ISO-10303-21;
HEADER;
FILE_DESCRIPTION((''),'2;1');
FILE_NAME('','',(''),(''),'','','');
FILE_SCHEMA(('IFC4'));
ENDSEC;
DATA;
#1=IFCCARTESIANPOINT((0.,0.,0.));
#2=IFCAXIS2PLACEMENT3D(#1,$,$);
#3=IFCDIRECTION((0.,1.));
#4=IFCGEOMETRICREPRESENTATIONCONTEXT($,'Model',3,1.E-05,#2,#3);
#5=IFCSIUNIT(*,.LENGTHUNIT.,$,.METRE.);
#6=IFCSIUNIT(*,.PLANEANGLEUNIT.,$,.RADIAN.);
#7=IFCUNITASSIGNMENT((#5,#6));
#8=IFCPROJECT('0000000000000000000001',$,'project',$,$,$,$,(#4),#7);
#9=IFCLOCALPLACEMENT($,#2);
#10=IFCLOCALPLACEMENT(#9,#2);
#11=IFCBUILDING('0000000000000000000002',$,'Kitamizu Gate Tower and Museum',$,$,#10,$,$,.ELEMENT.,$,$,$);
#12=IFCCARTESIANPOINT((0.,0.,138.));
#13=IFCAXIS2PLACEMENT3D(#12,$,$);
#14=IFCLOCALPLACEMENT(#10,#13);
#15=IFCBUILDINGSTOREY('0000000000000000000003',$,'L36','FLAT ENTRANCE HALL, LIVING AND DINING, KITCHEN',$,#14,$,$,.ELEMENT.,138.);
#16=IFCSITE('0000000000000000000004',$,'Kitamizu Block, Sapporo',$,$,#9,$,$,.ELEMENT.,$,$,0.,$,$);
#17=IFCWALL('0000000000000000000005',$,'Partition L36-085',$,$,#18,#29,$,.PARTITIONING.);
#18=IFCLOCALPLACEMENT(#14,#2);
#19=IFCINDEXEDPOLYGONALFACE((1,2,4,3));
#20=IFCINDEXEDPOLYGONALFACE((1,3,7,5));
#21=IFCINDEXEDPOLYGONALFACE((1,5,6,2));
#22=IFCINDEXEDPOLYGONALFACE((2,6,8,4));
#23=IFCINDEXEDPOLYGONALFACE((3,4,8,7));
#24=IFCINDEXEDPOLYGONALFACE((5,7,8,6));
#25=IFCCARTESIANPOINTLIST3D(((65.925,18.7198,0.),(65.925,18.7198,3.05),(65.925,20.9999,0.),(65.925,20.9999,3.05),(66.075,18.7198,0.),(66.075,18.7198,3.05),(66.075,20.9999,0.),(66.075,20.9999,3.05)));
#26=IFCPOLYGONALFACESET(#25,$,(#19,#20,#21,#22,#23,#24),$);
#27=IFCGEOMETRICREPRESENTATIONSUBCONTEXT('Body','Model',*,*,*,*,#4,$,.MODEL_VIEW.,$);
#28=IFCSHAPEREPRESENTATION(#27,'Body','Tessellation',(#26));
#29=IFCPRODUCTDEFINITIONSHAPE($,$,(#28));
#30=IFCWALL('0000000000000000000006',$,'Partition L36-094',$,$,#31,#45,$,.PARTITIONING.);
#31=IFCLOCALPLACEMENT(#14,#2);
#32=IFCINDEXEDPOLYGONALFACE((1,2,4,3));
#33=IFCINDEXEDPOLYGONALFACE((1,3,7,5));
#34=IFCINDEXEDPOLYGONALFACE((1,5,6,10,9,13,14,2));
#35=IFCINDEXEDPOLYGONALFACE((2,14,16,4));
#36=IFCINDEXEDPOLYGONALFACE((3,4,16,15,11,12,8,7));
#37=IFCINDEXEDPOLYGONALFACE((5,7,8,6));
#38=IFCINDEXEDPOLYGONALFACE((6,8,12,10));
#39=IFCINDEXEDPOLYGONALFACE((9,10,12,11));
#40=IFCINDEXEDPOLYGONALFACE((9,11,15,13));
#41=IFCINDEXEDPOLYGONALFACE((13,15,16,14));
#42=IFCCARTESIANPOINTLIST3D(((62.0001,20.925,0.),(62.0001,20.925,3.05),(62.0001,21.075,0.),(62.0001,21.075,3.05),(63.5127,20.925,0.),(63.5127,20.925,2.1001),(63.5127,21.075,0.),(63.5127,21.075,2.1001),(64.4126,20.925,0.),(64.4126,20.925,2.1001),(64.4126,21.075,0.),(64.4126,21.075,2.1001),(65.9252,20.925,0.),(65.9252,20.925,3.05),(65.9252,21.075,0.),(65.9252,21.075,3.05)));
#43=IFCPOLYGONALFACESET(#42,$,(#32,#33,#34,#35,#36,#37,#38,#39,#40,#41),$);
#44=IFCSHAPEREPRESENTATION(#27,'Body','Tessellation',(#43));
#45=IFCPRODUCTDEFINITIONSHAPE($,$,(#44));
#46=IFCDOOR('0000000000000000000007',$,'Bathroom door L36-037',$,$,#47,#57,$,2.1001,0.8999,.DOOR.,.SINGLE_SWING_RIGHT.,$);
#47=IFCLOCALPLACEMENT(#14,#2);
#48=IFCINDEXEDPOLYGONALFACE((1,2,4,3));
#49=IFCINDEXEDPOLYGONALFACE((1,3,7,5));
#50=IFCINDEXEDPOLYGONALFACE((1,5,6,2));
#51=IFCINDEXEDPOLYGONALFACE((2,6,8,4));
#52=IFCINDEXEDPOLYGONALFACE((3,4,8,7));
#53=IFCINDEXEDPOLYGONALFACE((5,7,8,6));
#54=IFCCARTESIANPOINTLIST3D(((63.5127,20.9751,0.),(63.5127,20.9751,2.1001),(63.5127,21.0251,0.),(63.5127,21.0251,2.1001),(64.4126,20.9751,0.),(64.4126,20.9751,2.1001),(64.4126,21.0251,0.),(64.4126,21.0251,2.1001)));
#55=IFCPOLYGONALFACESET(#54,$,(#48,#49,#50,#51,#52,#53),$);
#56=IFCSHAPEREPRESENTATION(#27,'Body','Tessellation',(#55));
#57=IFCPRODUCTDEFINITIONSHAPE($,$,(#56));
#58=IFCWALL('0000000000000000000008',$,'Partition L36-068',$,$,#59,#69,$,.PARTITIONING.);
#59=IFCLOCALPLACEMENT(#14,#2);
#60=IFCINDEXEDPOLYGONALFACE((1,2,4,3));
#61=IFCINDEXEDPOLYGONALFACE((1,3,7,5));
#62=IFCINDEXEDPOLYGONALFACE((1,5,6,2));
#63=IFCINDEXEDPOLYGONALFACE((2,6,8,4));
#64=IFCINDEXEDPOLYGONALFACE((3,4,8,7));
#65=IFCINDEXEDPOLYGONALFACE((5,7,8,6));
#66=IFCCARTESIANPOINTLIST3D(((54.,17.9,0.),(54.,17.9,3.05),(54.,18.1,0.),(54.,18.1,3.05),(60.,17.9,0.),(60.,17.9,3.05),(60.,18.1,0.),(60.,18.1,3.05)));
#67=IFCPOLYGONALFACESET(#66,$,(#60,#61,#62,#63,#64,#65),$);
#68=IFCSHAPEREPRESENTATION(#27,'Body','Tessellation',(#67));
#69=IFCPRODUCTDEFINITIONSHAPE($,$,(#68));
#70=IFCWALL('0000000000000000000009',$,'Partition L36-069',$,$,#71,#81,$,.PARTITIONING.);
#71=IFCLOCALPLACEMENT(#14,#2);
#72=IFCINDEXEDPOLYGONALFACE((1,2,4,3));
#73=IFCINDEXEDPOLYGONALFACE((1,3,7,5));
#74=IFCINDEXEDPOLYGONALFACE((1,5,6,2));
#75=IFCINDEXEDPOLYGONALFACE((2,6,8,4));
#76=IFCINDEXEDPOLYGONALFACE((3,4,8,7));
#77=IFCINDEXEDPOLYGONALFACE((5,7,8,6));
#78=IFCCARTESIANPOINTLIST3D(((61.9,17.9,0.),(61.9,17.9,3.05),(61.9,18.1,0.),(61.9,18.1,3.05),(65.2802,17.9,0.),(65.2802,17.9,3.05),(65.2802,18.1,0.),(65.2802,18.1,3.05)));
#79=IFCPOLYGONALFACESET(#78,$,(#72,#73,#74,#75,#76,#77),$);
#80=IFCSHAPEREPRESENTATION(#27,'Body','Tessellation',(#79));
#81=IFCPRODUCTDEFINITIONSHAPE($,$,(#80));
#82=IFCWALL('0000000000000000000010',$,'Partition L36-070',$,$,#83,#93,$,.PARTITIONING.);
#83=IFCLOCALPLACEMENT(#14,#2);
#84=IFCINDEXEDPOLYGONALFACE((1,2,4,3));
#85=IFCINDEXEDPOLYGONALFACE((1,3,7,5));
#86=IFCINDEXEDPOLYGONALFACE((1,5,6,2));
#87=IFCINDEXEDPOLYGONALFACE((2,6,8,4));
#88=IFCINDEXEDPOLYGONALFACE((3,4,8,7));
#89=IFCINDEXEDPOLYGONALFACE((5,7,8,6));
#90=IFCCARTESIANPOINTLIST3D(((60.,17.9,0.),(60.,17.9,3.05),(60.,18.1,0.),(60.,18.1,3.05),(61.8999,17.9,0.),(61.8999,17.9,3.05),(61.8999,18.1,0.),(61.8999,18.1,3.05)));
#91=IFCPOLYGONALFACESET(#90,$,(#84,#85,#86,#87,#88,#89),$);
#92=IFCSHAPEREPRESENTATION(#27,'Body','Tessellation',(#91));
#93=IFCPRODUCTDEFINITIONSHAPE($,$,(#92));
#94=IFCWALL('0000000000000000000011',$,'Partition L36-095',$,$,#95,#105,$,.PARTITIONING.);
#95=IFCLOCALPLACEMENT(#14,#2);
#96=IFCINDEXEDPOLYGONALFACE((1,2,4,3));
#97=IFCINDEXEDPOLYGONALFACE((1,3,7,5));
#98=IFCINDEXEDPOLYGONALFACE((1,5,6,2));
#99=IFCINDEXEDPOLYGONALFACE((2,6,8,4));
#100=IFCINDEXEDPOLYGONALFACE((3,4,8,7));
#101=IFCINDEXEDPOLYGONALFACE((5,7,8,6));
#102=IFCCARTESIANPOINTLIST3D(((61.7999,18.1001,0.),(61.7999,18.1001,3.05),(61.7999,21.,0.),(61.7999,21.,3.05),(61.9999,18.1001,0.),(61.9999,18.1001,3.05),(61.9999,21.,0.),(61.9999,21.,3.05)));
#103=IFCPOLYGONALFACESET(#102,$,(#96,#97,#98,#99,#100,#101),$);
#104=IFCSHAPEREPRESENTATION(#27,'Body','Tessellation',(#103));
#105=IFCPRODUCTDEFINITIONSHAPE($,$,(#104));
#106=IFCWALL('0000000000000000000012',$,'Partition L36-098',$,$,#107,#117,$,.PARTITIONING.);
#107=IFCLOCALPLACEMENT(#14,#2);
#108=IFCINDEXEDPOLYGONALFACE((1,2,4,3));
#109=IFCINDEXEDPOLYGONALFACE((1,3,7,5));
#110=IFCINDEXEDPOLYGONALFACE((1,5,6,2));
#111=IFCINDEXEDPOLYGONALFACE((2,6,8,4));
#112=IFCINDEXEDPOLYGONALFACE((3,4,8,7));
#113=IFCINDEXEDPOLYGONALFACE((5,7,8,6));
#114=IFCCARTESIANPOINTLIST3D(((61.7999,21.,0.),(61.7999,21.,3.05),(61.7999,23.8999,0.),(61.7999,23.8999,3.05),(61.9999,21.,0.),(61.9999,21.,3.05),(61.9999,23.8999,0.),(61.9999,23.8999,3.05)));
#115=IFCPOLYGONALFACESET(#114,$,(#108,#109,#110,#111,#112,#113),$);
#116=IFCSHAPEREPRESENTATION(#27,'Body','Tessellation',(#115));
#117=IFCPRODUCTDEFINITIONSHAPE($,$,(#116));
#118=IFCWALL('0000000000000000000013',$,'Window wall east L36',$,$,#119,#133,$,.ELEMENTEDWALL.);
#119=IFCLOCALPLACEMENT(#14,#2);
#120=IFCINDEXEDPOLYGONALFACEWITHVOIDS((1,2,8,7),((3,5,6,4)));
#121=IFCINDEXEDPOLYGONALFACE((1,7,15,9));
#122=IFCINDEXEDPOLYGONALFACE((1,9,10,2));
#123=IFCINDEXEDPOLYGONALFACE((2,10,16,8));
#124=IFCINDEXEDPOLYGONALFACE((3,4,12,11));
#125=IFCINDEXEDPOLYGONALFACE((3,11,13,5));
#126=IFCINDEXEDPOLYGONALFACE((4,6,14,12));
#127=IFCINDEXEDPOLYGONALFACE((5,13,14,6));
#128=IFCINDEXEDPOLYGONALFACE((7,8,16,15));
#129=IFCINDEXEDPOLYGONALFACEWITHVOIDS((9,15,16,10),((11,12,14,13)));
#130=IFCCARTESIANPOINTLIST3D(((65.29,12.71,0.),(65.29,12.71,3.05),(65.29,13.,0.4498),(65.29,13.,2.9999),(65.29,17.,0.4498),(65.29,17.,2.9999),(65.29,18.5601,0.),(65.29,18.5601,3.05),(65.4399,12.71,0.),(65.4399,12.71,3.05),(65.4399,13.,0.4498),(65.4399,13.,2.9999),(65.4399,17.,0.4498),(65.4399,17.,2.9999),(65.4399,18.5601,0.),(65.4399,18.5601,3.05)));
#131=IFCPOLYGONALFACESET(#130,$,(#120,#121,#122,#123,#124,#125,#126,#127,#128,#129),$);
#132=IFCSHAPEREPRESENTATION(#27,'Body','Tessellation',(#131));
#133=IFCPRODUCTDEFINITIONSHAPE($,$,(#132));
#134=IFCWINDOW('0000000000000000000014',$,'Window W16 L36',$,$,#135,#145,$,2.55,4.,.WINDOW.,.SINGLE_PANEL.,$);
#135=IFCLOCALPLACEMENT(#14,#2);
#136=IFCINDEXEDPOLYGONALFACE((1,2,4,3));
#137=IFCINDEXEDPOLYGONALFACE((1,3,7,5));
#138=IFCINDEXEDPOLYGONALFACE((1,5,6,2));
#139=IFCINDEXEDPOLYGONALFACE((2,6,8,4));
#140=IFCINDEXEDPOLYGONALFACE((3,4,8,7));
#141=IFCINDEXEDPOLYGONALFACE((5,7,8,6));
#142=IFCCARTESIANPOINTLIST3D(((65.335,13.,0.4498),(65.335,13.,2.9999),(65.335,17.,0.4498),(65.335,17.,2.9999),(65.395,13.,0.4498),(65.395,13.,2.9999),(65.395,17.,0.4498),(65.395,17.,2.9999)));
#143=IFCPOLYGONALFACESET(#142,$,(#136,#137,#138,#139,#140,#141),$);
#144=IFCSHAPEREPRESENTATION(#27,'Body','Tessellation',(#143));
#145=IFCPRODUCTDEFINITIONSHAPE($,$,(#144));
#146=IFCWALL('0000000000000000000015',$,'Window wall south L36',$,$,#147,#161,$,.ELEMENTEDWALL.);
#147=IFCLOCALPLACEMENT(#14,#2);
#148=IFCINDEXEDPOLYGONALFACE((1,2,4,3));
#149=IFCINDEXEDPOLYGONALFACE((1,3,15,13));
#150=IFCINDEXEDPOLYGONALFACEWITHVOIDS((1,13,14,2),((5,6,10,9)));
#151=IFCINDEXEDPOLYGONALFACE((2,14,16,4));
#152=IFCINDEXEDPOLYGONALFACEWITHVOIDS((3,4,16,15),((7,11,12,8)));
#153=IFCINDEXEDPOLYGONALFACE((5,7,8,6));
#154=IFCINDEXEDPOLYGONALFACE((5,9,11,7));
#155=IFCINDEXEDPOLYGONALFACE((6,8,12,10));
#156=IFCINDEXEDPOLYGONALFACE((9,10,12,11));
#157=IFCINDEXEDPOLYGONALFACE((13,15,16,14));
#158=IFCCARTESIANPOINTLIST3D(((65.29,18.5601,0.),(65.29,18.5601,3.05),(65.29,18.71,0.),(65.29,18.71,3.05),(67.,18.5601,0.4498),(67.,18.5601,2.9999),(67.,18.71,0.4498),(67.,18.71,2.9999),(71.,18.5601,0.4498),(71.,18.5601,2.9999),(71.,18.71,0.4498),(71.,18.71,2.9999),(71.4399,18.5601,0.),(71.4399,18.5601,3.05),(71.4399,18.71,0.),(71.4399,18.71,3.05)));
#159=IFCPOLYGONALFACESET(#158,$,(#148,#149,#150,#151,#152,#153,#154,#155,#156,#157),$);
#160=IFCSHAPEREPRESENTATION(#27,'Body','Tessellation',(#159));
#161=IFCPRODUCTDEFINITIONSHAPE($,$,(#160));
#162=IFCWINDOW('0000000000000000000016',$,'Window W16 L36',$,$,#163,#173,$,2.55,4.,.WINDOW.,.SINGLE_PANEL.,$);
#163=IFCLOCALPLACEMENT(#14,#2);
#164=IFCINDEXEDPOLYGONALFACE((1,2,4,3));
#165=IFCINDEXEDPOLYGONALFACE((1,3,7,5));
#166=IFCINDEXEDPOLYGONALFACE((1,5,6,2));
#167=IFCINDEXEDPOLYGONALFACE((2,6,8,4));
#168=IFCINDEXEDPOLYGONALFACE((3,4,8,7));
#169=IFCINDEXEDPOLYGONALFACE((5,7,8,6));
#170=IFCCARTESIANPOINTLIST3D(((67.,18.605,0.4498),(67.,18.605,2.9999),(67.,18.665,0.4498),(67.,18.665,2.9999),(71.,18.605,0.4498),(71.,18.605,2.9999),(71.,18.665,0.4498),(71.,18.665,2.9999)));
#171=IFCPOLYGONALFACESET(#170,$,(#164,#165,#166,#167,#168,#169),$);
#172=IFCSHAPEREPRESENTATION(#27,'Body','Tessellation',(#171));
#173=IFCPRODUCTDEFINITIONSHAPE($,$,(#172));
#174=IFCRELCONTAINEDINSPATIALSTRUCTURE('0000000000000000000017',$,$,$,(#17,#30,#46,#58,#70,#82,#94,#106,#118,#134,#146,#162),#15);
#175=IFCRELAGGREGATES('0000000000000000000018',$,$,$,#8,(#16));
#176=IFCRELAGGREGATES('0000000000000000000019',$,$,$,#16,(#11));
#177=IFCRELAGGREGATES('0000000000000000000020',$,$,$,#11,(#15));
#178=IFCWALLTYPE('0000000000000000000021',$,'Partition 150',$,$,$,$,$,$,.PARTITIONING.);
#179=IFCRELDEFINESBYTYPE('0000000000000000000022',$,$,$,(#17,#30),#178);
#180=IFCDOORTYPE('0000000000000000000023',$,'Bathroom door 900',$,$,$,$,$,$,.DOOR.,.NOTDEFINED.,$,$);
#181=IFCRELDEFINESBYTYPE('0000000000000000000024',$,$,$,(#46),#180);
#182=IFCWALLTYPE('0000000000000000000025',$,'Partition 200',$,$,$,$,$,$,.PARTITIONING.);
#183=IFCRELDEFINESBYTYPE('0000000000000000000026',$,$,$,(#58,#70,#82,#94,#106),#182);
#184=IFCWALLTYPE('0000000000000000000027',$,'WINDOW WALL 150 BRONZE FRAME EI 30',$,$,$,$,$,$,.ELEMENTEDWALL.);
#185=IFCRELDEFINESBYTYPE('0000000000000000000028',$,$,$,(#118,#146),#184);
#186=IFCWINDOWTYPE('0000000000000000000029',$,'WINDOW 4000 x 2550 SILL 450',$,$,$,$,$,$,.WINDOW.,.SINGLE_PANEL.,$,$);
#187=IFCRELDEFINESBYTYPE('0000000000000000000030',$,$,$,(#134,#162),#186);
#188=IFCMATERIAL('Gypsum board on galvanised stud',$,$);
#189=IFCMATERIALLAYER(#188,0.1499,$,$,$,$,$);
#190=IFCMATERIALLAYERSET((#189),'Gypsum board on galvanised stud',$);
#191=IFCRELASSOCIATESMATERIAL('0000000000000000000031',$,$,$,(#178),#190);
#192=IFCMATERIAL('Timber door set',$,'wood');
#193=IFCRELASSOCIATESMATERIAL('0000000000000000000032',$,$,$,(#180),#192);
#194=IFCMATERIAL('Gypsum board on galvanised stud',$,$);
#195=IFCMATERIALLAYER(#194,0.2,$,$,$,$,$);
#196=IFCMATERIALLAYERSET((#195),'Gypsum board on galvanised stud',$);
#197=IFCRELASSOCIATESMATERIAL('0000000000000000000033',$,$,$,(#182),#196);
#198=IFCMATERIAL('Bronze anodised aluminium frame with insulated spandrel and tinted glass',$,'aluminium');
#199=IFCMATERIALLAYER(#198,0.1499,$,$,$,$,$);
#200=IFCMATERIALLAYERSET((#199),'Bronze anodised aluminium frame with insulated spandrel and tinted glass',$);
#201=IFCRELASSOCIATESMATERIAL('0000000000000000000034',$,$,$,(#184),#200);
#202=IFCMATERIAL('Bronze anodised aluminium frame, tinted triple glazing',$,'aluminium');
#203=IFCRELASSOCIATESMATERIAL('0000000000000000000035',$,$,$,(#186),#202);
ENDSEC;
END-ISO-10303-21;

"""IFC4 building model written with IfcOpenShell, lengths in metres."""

from ifc_helpers import new_model, si_unit, direction, frame, frame_2d, origin, place, context, subcontext, project, spatial, rectangle, extrude, material, layer, layer_set, type_object, element, fill, save


model = new_model("IFC4")

# Units and contexts
model_context = context("Model", 3, precision=1e-05, world=origin(), true_north=direction((0.0, 1.0)))
body_context = subcontext(model_context, "Body", "Model", "MODEL_VIEW")
ifc_project = project(units=[si_unit("LENGTHUNIT", "METRE"), si_unit("PLANEANGLEUNIT", "RADIAN")], contexts=[model_context])

# Site, building, storey
site_placement = place(None, origin())
site = spatial("IfcSite", under=ifc_project, at=site_placement, Name="Kitamizu Block, Sapporo", CompositionType="ELEMENT", RefElevation=0.0)
building_placement = place(site_placement, origin())
building = spatial("IfcBuilding", under=site, at=building_placement, Name="Kitamizu Gate Tower and Museum", CompositionType="ELEMENT")
storey_placement = place(building_placement, frame((0.0, 0.0, 138.0)))
storey = spatial("IfcBuildingStorey", under=building, at=storey_placement, Name="L36", Description="FLAT ENTRANCE HALL, LIVING AND DINING, KITCHEN", CompositionType="ELEMENT", Elevation=138.0)

# Wall
ifc_material_1 = material(Name="Gypsum board on galvanised stud")
ifc_layer_1 = layer(ifc_material_1, 0.1499)
ifc_layer_set_1 = layer_set([ifc_layer_1], Name="Gypsum board on galvanised stud")
wall_type_1 = type_object("IfcWallType", Name="Partition 150", PredefinedType="PARTITIONING", material=ifc_layer_set_1)
wall_1_placement = place(storey_placement, frame((66.0, 21.0, 0.0), z_axis=(0.0, 0.0, 1.0), x_axis=(0.0, -1.0, 0.0)))
element("IfcWall", 1, at=wall_1_placement, inside=storey, type_object=wall_type_1, Name="Partition L36-085", PredefinedType="PARTITIONING", context=body_context, shape_type="SweptSolid", body=[
    extrude(rectangle(XDim=2.28, YDim=0.1499, at=frame_2d((1.1401, 0.0))), origin(), (0.0, 0.0, 1.0), 3.05),
])

# Wall, opening, door
wall_2_placement = place(storey_placement, frame((65.925, 21.0, 0.0), z_axis=(0.0, 0.0, 1.0), x_axis=(-1.0, 0.0, 0.0)))
wall_2 = element("IfcWall", 2, at=wall_2_placement, inside=storey, type_object=wall_type_1, Name="Partition L36-094", PredefinedType="PARTITIONING", context=body_context, shape_type="SweptSolid", body=[
    extrude(rectangle(XDim=3.925, YDim=0.1499, at=frame_2d((1.9624, 0.0))), origin(), (0.0, 0.0, 1.0), 3.05),
])
opening_1_placement = place(wall_2_placement, frame((1.5125, 0.0, 0.0)))
opening_1 = element("IfcOpeningElement", 3, at=opening_1_placement, cuts=wall_2, PredefinedType="OPENING", context=body_context, shape_type="SweptSolid", body=[
    extrude(rectangle(XDim=0.8999, YDim=2.1001, at=frame_2d((0.45, 1.05))), frame((0.0, 0.085, 0.0), z_axis=(0.0, -1.0, 0.0), x_axis=(1.0, 0.0, 0.0)), (0.0, 0.0, 1.0), 0.1699),
])
ifc_material_2 = material(Name="Timber door set", Category="wood")
door_type_1 = type_object("IfcDoorType", Name="Bathroom door 900", OperationType="NOTDEFINED", PredefinedType="DOOR", material=ifc_material_2)
door_1_placement = place(opening_1_placement, origin())
door_1 = element("IfcDoor", 4, at=door_1_placement, inside=storey, type_object=door_type_1, Name="Bathroom door L36-037", OperationType="SINGLE_SWING_RIGHT", OverallHeight=2.1001, OverallWidth=0.8999, PredefinedType="DOOR", context=body_context, shape_type="SweptSolid", body=[
    extrude(rectangle(XDim=0.8999, YDim=2.1001, at=frame_2d((0.45, 1.05))), frame((0.0, 0.0249, 0.0), z_axis=(0.0, -1.0, 0.0), x_axis=(1.0, 0.0, 0.0)), (0.0, 0.0, 1.0), 0.05),
])
fill(opening_1, door_1)

# Walls
ifc_material_3 = material(Name="Gypsum board on galvanised stud")
ifc_layer_2 = layer(ifc_material_3, 0.2)
ifc_layer_set_2 = layer_set([ifc_layer_2], Name="Gypsum board on galvanised stud")
wall_type_2 = type_object("IfcWallType", Name="Partition 200", PredefinedType="PARTITIONING", material=ifc_layer_set_2)
wall_3_placement = place(storey_placement, frame((60.0, 18.0, 0.0), z_axis=(0.0, 0.0, 1.0), x_axis=(-1.0, 0.0, 0.0)))
element("IfcWall", 5, at=wall_3_placement, inside=storey, type_object=wall_type_2, Name="Partition L36-068", PredefinedType="PARTITIONING", context=body_context, shape_type="SweptSolid", body=[
    extrude(rectangle(XDim=6.0, YDim=0.2, at=frame_2d((3.0, 0.0))), origin(), (0.0, 0.0, 1.0), 3.05),
])
wall_4_placement = place(storey_placement, frame((65.28, 18.0, 0.0), z_axis=(0.0, 0.0, 1.0), x_axis=(-1.0, 0.0, 0.0)))
element("IfcWall", 6, at=wall_4_placement, inside=storey, type_object=wall_type_2, Name="Partition L36-069", PredefinedType="PARTITIONING", context=body_context, shape_type="SweptSolid", body=[
    extrude(rectangle(XDim=3.3801, YDim=0.2, at=frame_2d((1.6899, 0.0))), origin(), (0.0, 0.0, 1.0), 3.05),
])
wall_5_placement = place(storey_placement, frame((61.8999, 18.0, 0.0), z_axis=(0.0, 0.0, 1.0), x_axis=(-1.0, 0.0, 0.0)))
element("IfcWall", 7, at=wall_5_placement, inside=storey, type_object=wall_type_2, Name="Partition L36-070", PredefinedType="PARTITIONING", context=body_context, shape_type="SweptSolid", body=[
    extrude(rectangle(XDim=1.8999, YDim=0.2, at=frame_2d((0.95, 0.0))), origin(), (0.0, 0.0, 1.0), 3.05),
])
for number, where, z_axis, x_axis, name in (
    (8, (61.8999, 21.0, 0.0), (0.0, 0.0, 1.0), (0.0, -1.0, 0.0), "Partition L36-095"),
    (9, (61.8999, 23.8999, 0.0), (0.0, 0.0, 1.0), (0.0, -1.0, 0.0), "Partition L36-098"),
):
    element("IfcWall", number, at=place(storey_placement, frame(where, z_axis=z_axis, x_axis=x_axis)), inside=storey, type_object=wall_type_2, Name=name, PredefinedType="PARTITIONING", context=body_context, shape_type="SweptSolid", body=[
        extrude(rectangle(XDim=2.8999, YDim=0.2, at=frame_2d((1.45, 0.0))), origin(), (0.0, 0.0, 1.0), 3.05),
    ])

# Walls, openings, windows
ifc_material_4 = material(Name="Bronze anodised aluminium frame with insulated spandrel and tinted glass", Category="aluminium")
ifc_layer_3 = layer(ifc_material_4, 0.1499)
ifc_layer_set_3 = layer_set([ifc_layer_3], Name="Bronze anodised aluminium frame with insulated spandrel and tinted glass")
wall_type_3 = type_object("IfcWallType", Name="WINDOW WALL 150 BRONZE FRAME EI 30", PredefinedType="ELEMENTEDWALL", material=ifc_layer_set_3)
wall_6_placement = place(storey_placement, frame((65.365, 12.71, 0.0), z_axis=(0.0, 0.0, 1.0), x_axis=(0.0, 1.0, 0.0)))
wall_6 = element("IfcWall", 10, at=wall_6_placement, inside=storey, type_object=wall_type_3, Name="Window wall east L36", PredefinedType="ELEMENTEDWALL", context=body_context, shape_type="SweptSolid", body=[
    extrude(rectangle(XDim=5.8501, YDim=0.1499, at=frame_2d((2.925, 0.0))), origin(), (0.0, 0.0, 1.0), 3.05),
])
opening_2_placement = place(wall_6_placement, frame((0.29, 0.0, 0.45)))
opening_2 = element("IfcOpeningElement", 11, at=opening_2_placement, cuts=wall_6, PredefinedType="OPENING", context=body_context, shape_type="SweptSolid", body=[
    extrude(rectangle(XDim=4.0, YDim=2.55, at=frame_2d((2.0, 1.2749))), frame((0.0, 0.085, 0.0), z_axis=(0.0, -1.0, 0.0), x_axis=(1.0, 0.0, 0.0)), (0.0, 0.0, 1.0), 0.1699),
])
ifc_material_5 = material(Name="Bronze anodised aluminium frame, tinted triple glazing", Category="aluminium")
window_type_1 = type_object("IfcWindowType", Name="WINDOW 4000 x 2550 SILL 450", PartitioningType="SINGLE_PANEL", PredefinedType="WINDOW", material=ifc_material_5)
window_1_placement = place(opening_2_placement, origin())
window_1 = element("IfcWindow", 12, at=window_1_placement, inside=storey, type_object=window_type_1, Name="Window W16 L36", OverallHeight=2.55, OverallWidth=4.0, PartitioningType="SINGLE_PANEL", PredefinedType="WINDOW", context=body_context, shape_type="SweptSolid", body=[
    extrude(rectangle(XDim=4.0, YDim=2.55, at=frame_2d((2.0, 1.2749))), frame((0.0, 0.03, 0.0), z_axis=(0.0, -1.0, 0.0), x_axis=(1.0, 0.0, 0.0)), (0.0, 0.0, 1.0), 0.0601),
])
fill(opening_2, window_1)
wall_7_placement = place(storey_placement, frame((65.29, 18.635, 0.0), z_axis=(0.0, 0.0, 1.0), x_axis=(1.0, 0.0, 0.0)))
wall_7 = element("IfcWall", 13, at=wall_7_placement, inside=storey, type_object=wall_type_3, Name="Window wall south L36", PredefinedType="ELEMENTEDWALL", context=body_context, shape_type="SweptSolid", body=[
    extrude(rectangle(XDim=6.1499, YDim=0.1499, at=frame_2d((3.075, 0.0))), origin(), (0.0, 0.0, 1.0), 3.05),
])
opening_3_placement = place(wall_7_placement, frame((1.71, 0.0, 0.45)))
opening_3 = element("IfcOpeningElement", 14, at=opening_3_placement, cuts=wall_7, PredefinedType="OPENING", context=body_context, shape_type="SweptSolid", body=[
    extrude(rectangle(XDim=4.0, YDim=2.55, at=frame_2d((2.0, 1.2749))), frame((0.0, 0.085, 0.0), z_axis=(0.0, -1.0, 0.0), x_axis=(1.0, 0.0, 0.0)), (0.0, 0.0, 1.0), 0.1699),
])
window_2_placement = place(opening_3_placement, origin())
window_2 = element("IfcWindow", 15, at=window_2_placement, inside=storey, type_object=window_type_1, Name="Window W16 L36", OverallHeight=2.55, OverallWidth=4.0, PartitioningType="SINGLE_PANEL", PredefinedType="WINDOW", context=body_context, shape_type="SweptSolid", body=[
    extrude(rectangle(XDim=4.0, YDim=2.55, at=frame_2d((2.0, 1.2749))), frame((0.0, 0.03, 0.0), z_axis=(0.0, -1.0, 0.0), x_axis=(1.0, 0.0, 0.0)), (0.0, 0.0, 1.0), 0.0601),
])
fill(opening_3, window_2)

save(model, "model.ifc")
